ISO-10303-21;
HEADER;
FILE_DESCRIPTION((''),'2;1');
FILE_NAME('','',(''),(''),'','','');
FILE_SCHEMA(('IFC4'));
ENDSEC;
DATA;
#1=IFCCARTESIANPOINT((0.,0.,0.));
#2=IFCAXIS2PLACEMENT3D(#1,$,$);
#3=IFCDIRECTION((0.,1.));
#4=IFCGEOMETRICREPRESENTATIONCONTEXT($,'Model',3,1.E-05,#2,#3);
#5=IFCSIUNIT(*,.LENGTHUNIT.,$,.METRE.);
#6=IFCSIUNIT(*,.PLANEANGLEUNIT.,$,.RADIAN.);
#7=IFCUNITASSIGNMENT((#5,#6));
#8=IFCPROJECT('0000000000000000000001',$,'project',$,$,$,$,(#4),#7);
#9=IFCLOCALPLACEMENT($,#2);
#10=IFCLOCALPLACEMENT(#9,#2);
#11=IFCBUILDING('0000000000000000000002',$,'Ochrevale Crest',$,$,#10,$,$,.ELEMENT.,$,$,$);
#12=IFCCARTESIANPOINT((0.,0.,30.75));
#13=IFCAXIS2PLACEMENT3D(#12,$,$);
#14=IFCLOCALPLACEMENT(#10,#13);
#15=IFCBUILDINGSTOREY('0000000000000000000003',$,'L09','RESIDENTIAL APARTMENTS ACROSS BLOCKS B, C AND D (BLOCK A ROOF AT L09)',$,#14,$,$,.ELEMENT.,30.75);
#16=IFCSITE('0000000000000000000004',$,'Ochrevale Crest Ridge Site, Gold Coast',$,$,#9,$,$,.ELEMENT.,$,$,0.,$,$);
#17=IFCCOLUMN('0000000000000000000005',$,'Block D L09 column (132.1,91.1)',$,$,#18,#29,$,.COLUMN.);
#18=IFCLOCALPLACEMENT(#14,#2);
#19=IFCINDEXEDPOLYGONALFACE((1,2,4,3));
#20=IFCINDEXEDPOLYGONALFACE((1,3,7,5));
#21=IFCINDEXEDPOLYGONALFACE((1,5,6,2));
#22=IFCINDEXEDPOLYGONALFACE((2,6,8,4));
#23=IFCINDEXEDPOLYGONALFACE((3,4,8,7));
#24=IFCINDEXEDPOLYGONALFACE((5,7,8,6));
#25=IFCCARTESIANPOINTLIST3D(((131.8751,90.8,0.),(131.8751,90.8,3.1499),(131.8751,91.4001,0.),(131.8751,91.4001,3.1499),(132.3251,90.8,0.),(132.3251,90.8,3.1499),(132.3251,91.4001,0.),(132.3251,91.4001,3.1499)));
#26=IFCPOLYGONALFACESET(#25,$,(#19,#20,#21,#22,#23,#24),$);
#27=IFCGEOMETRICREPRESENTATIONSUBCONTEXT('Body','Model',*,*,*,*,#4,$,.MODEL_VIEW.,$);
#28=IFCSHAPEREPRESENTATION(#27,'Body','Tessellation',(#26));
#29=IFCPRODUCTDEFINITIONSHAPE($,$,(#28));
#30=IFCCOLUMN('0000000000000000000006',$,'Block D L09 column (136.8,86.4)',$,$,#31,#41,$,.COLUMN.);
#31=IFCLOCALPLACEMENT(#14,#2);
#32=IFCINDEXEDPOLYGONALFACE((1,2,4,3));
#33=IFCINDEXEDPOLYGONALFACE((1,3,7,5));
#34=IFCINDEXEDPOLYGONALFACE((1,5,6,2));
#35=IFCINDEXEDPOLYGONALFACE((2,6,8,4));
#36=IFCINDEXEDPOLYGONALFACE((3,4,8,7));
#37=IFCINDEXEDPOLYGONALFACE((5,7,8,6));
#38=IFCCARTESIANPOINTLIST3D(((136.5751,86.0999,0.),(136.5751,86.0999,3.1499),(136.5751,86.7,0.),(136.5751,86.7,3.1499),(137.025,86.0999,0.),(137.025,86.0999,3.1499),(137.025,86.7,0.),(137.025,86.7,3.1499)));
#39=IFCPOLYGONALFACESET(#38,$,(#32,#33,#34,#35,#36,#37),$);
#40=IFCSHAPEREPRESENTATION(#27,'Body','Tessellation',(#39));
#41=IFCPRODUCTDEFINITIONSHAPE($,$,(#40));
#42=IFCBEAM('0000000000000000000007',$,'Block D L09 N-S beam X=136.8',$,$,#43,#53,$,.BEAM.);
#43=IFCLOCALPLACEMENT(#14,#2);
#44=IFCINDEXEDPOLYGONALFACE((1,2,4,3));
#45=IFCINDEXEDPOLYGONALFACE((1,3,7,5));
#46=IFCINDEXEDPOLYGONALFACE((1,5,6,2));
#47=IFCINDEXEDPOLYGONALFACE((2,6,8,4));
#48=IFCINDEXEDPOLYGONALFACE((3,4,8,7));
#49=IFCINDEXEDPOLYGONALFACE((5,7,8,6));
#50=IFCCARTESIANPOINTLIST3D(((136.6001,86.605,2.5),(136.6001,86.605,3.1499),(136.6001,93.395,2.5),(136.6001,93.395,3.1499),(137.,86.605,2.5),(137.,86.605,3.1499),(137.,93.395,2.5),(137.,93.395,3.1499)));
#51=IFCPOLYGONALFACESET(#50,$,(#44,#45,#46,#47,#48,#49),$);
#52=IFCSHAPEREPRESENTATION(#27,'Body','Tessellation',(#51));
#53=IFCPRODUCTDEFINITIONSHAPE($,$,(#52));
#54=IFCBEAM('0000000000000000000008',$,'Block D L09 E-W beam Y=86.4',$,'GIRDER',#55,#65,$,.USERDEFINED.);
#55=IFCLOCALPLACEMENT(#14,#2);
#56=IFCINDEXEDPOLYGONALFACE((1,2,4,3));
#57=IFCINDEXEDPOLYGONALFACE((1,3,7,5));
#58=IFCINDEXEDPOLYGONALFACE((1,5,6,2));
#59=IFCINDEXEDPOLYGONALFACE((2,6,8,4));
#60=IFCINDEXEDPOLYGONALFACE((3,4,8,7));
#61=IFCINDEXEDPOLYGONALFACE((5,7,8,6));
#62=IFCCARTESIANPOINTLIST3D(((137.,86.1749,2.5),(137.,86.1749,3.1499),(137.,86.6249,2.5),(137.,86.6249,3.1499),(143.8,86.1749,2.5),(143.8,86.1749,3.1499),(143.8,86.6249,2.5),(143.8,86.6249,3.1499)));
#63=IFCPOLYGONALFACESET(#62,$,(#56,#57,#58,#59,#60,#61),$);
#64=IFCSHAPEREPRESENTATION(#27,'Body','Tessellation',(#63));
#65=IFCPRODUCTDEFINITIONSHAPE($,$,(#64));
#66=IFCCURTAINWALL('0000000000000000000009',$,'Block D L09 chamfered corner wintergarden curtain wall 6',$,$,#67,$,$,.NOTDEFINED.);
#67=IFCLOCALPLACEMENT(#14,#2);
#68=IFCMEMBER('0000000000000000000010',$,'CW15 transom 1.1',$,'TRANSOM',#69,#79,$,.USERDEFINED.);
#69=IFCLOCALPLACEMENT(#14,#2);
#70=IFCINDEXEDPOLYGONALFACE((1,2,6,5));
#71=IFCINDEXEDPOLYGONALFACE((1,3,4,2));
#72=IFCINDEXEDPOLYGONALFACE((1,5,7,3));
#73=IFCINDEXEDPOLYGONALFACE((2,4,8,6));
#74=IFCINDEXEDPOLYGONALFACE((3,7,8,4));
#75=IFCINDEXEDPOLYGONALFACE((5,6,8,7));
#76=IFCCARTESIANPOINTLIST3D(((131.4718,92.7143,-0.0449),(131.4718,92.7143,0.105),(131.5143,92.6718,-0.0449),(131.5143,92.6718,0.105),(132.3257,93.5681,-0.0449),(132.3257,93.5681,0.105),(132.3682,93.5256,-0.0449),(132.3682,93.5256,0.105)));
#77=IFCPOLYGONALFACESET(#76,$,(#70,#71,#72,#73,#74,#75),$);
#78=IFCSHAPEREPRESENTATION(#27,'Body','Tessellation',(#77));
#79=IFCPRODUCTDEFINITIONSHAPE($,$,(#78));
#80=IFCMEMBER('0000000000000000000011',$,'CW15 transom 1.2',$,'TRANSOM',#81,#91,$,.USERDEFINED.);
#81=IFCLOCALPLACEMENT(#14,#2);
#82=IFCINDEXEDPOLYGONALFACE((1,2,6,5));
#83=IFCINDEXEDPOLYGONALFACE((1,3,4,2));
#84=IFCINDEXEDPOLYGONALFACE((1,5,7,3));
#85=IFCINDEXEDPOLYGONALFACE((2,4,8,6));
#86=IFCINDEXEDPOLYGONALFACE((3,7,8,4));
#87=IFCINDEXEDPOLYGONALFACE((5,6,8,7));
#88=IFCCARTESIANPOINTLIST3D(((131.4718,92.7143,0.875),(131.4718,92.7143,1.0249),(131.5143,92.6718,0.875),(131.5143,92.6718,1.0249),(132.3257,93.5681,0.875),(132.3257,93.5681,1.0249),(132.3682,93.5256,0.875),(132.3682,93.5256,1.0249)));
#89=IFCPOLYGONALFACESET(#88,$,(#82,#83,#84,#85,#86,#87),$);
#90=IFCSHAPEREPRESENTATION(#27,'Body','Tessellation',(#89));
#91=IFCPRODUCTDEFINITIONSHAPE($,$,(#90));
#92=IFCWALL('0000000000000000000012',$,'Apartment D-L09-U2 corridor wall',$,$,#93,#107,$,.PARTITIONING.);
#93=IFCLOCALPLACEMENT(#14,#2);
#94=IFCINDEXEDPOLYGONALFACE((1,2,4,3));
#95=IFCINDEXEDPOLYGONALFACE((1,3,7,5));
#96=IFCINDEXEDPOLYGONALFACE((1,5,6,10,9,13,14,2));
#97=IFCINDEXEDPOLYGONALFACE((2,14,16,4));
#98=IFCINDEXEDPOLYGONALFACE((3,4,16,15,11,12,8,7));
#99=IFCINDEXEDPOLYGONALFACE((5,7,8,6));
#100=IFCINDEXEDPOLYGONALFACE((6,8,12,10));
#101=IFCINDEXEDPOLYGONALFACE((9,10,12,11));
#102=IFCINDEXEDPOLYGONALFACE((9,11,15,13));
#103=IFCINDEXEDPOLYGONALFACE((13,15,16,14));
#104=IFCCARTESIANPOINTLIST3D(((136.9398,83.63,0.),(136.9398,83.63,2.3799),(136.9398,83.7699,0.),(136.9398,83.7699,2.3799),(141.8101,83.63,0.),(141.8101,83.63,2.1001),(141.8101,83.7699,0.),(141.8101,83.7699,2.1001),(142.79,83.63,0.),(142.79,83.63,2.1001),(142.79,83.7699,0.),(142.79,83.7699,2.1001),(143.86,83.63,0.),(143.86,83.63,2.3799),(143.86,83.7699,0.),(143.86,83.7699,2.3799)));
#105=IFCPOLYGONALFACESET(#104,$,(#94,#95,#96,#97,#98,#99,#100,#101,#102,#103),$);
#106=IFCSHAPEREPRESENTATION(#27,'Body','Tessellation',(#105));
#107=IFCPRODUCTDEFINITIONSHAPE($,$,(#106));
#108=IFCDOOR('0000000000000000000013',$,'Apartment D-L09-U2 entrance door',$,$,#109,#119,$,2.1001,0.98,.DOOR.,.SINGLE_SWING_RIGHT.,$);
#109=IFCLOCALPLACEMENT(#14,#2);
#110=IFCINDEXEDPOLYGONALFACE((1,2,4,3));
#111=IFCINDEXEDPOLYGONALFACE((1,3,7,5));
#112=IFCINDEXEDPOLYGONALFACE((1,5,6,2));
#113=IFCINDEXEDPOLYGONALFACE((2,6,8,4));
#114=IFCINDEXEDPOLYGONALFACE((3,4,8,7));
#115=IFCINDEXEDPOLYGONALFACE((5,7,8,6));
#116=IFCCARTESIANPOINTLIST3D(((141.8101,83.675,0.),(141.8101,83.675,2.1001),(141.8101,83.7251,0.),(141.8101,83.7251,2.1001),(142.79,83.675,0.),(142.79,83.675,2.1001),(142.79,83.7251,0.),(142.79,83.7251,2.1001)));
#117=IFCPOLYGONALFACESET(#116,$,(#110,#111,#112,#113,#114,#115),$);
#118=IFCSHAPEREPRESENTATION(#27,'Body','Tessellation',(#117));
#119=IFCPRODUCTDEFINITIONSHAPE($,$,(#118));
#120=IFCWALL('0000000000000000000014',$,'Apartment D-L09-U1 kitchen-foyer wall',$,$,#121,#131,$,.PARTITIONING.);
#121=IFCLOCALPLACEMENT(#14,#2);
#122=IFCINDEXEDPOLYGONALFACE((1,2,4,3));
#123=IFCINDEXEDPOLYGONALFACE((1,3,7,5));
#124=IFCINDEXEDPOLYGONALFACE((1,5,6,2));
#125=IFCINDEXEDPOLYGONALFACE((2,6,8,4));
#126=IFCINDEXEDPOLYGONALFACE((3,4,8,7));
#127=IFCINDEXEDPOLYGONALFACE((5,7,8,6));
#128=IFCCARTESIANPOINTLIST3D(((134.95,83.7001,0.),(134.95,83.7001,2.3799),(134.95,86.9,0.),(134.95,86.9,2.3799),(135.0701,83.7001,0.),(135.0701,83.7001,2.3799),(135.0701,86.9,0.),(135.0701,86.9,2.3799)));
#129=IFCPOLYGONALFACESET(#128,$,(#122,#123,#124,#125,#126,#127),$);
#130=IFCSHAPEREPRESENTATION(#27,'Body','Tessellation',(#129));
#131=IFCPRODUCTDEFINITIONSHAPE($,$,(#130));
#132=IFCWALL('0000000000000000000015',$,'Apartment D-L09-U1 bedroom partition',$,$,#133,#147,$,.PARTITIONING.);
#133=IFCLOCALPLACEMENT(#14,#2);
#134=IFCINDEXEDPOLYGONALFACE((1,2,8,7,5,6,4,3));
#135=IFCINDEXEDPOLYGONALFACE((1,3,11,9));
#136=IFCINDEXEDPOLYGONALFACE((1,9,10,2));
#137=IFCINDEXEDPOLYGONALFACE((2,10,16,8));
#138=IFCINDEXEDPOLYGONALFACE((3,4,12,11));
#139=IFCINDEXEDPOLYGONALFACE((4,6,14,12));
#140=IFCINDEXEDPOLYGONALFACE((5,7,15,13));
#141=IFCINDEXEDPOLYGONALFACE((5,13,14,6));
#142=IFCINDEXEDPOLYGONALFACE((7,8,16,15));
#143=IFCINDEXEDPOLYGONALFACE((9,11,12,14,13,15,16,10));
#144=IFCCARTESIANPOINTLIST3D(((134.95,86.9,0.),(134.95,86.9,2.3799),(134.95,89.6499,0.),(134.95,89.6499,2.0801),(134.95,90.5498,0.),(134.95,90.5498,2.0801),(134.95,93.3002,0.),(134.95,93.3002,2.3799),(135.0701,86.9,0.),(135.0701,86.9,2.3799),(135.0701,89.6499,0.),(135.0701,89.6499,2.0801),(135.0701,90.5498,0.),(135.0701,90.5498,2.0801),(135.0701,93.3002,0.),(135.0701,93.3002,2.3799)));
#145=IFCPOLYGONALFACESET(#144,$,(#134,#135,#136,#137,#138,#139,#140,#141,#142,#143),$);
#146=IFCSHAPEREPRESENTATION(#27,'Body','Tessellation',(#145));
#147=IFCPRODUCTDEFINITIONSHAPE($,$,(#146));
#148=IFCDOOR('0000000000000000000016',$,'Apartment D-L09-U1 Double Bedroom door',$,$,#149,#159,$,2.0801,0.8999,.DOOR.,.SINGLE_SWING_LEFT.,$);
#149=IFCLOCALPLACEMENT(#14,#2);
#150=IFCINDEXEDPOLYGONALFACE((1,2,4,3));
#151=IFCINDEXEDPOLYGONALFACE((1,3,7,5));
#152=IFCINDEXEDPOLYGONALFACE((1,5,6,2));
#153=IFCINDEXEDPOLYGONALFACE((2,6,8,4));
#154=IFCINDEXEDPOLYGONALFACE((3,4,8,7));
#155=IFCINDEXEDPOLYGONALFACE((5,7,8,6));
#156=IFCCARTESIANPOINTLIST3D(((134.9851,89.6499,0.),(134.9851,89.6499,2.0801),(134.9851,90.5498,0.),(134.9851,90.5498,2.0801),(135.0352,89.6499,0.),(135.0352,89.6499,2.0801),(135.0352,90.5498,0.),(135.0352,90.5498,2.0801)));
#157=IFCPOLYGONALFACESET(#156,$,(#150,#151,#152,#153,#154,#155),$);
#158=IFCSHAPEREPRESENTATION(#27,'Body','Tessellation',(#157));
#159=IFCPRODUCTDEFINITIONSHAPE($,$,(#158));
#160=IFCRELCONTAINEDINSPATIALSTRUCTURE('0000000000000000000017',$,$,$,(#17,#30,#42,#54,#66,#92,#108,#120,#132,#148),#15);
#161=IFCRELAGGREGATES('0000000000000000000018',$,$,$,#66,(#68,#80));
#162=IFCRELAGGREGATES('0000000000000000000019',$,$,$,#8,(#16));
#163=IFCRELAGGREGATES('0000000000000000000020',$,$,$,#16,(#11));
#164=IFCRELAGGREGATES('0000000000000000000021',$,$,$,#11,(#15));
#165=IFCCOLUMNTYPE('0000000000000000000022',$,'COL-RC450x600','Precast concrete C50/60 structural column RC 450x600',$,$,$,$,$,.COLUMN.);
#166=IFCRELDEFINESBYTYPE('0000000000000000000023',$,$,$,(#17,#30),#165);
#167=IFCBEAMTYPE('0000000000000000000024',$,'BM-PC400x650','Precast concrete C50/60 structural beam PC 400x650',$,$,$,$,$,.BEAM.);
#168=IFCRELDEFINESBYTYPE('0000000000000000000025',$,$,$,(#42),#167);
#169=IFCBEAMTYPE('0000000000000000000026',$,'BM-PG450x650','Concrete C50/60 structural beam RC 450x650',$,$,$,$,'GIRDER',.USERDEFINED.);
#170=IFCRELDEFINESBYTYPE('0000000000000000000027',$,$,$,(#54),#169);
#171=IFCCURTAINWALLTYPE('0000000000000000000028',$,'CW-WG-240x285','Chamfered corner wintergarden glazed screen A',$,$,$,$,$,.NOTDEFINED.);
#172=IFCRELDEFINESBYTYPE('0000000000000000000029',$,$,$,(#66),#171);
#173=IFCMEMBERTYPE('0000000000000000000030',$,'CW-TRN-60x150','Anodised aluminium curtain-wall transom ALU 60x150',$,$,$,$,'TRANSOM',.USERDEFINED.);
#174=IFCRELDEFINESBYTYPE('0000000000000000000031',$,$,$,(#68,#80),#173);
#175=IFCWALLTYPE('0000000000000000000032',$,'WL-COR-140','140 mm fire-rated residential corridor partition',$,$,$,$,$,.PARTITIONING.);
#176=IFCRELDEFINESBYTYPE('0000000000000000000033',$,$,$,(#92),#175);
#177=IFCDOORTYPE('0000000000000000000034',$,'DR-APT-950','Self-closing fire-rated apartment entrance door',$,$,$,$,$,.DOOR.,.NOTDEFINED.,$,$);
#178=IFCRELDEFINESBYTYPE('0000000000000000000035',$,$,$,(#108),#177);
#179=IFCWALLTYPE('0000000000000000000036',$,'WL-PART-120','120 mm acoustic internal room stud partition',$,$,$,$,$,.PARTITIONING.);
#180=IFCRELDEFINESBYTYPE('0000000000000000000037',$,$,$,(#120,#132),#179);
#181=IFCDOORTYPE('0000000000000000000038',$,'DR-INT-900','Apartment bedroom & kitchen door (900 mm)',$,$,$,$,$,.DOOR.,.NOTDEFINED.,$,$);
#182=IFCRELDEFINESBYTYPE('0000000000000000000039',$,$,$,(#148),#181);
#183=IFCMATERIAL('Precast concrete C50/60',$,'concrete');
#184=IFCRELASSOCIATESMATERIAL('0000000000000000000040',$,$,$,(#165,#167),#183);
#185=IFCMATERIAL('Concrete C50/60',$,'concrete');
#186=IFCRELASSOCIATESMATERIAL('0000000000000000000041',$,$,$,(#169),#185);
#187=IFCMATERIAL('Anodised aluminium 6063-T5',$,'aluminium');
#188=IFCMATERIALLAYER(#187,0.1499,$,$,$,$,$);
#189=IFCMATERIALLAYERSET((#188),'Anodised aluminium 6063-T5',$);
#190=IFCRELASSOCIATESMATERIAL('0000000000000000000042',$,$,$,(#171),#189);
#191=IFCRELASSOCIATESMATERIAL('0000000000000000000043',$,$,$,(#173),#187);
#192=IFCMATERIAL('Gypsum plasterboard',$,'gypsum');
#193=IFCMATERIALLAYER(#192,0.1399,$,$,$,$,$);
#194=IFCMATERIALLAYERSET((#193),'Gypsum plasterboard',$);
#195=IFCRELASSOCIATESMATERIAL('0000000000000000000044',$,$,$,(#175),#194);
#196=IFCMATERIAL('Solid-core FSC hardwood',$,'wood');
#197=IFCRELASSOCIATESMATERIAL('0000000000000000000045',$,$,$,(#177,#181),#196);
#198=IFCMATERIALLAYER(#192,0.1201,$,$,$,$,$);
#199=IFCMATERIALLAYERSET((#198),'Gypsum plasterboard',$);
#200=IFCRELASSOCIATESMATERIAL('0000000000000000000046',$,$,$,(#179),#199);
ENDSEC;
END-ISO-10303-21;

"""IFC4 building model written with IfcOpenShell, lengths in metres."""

from ifc_helpers import new_model, si_unit, direction, frame, frame_2d, origin, origin_2d, place, context, subcontext, project, spatial, rectangle, extrude, material, layer, layer_set, material_profile, profile_set, type_object, element, fill, aggregate, save


model = new_model("IFC4")

# Units and contexts
model_context = context("Model", 3, precision=1e-05, world=origin(), true_north=direction((0.0, 1.0)))
body_context = subcontext(model_context, "Body", "Model", "MODEL_VIEW")
ifc_project = project(units=[si_unit("LENGTHUNIT", "METRE"), si_unit("PLANEANGLEUNIT", "RADIAN")], contexts=[model_context])

# Site, building, storey
site_placement = place(None, origin())
site = spatial("IfcSite", under=ifc_project, at=site_placement, Name="Ochrevale Crest Ridge Site, Gold Coast", CompositionType="ELEMENT", RefElevation=0.0)
building_placement = place(site_placement, origin())
building = spatial("IfcBuilding", under=site, at=building_placement, Name="Ochrevale Crest", CompositionType="ELEMENT")
storey_placement = place(building_placement, frame((0.0, 0.0, 30.75)))
storey = spatial("IfcBuildingStorey", under=building, at=storey_placement, Name="L09", Description="RESIDENTIAL APARTMENTS ACROSS BLOCKS B, C AND D (BLOCK A ROOF AT L09)", CompositionType="ELEMENT", Elevation=30.75)

# Columns
ifc_material_1 = material(Name="Precast concrete C50/60", Category="concrete")
ifc_material_profile_1 = material_profile(ifc_material_1, rectangle(XDim=0.45, YDim=0.6001, at=origin_2d()), Name="RC 450x600")
ifc_profile_set_1 = profile_set([ifc_material_profile_1], Name="Precast concrete C50/60")
column_type = type_object("IfcColumnType", Name="COL-RC450x600", Description="Precast concrete C50/60 structural column RC 450x600", PredefinedType="COLUMN", material=ifc_profile_set_1)
for number, where, z_axis, x_axis, name in (
    (1, (132.1001, 91.1001, 0.0), (0.0, 0.0, 1.0), (1.0, 0.0, 0.0), "Block D L09 column (132.1,91.1)"),
    (2, (136.8, 86.3999, 0.0), (0.0, 0.0, 1.0), (1.0, 0.0, 0.0), "Block D L09 column (136.8,86.4)"),
):
    element("IfcColumn", number, at=place(storey_placement, frame(where, z_axis=z_axis, x_axis=x_axis)), inside=storey, type_object=column_type, Name=name, PredefinedType="COLUMN", context=body_context, shape_type="SweptSolid", body=[
        extrude(rectangle(XDim=0.45, YDim=0.6001, at=origin_2d()), origin(), (0.0, 0.0, 1.0), 3.1499),
    ])

# Beams
ifc_material_profile_2 = material_profile(ifc_material_1, rectangle(XDim=0.3999, YDim=0.6499, at=origin_2d()), Name="PC 400x650")
ifc_profile_set_2 = profile_set([ifc_material_profile_2], Name="Precast concrete C50/60")
beam_type_1 = type_object("IfcBeamType", Name="BM-PC400x650", Description="Precast concrete C50/60 structural beam PC 400x650", PredefinedType="BEAM", material=ifc_profile_set_2)
beam_1_placement = place(storey_placement, frame((136.8, 86.605, 2.825), z_axis=(0.0, 1.0, 0.0), x_axis=(-1.0, 0.0, 0.0)))
element("IfcBeam", 3, at=beam_1_placement, inside=storey, type_object=beam_type_1, Name="Block D L09 N-S beam X=136.8", PredefinedType="BEAM", context=body_context, shape_type="SweptSolid", body=[
    extrude(rectangle(XDim=0.3999, YDim=0.6499, at=origin_2d()), origin(), (0.0, 0.0, 1.0), 6.79),
])
ifc_material_2 = material(Name="Concrete C50/60", Category="concrete")
ifc_material_profile_3 = material_profile(ifc_material_2, rectangle(XDim=0.45, YDim=0.6499, at=origin_2d()), Name="RC 450x650")
ifc_profile_set_3 = profile_set([ifc_material_profile_3], Name="Concrete C50/60")
beam_type_2 = type_object("IfcBeamType", Name="BM-PG450x650", Description="Concrete C50/60 structural beam RC 450x650", ElementType="GIRDER", PredefinedType="USERDEFINED", material=ifc_profile_set_3)
beam_2_placement = place(storey_placement, frame((137.0, 86.3999, 2.825), z_axis=(1.0, 0.0, 0.0), x_axis=(0.0, 1.0, 0.0)))
element("IfcBeam", 4, at=beam_2_placement, inside=storey, type_object=beam_type_2, Name="Block D L09 E-W beam Y=86.4", ObjectType="GIRDER", PredefinedType="USERDEFINED", context=body_context, shape_type="SweptSolid", body=[
    extrude(rectangle(XDim=0.45, YDim=0.6499, at=origin_2d()), origin(), (0.0, 0.0, 1.0), 6.8),
])

# Curtain wall, members
ifc_material_3 = material(Name="Anodised aluminium 6063-T5", Category="aluminium")
ifc_layer_1 = layer(ifc_material_3, 0.1499)
ifc_layer_set_1 = layer_set([ifc_layer_1], Name="Anodised aluminium 6063-T5")
curtain_wall_type = type_object("IfcCurtainWallType", Name="CW-WG-240x285", Description="Chamfered corner wintergarden glazed screen A", PredefinedType="NOTDEFINED", material=ifc_layer_set_1)
curtain_wall_placement = place(storey_placement, origin())
curtain_wall = element("IfcCurtainWall", 5, at=curtain_wall_placement, inside=storey, type_object=curtain_wall_type, Name="Block D L09 chamfered corner wintergarden curtain wall 6", PredefinedType="NOTDEFINED")
ifc_material_profile_4 = material_profile(ifc_material_3, rectangle(XDim=0.0601, YDim=0.1499, at=origin_2d()), Name="ALU 60x150")
ifc_profile_set_4 = profile_set([ifc_material_profile_4], Name="Anodised aluminium 6063-T5")
member_type = type_object("IfcMemberType", Name="CW-TRN-60x150", Description="Anodised aluminium curtain-wall transom ALU 60x150", ElementType="TRANSOM", PredefinedType="USERDEFINED", material=ifc_profile_set_4)
member_1_placement = place(storey_placement, frame((132.3469, 93.5469, 0.03), z_axis=(-0.707107, -0.707107, 0.0), x_axis=(0.707107, -0.707107, 0.0)))
member_1 = element("IfcMember", 6, at=member_1_placement, type_object=member_type, Name="CW15 transom 1.1", ObjectType="TRANSOM", PredefinedType="USERDEFINED", context=body_context, shape_type="SweptSolid", body=[
    extrude(rectangle(XDim=0.0601, YDim=0.1499, at=origin_2d()), origin(), (0.0, 0.0, 1.0), 1.2075),
])
member_2_placement = place(storey_placement, frame((132.3469, 93.5469, 0.95), z_axis=(-0.707107, -0.707107, 0.0), x_axis=(0.707107, -0.707107, 0.0)))
member_2 = element("IfcMember", 7, at=member_2_placement, type_object=member_type, Name="CW15 transom 1.2", ObjectType="TRANSOM", PredefinedType="USERDEFINED", context=body_context, shape_type="SweptSolid", body=[
    extrude(rectangle(XDim=0.0601, YDim=0.1499, at=origin_2d()), origin(), (0.0, 0.0, 1.0), 1.2075),
])
aggregate(curtain_wall, [member_1, member_2])

# Wall, opening, door
ifc_material_4 = material(Name="Gypsum plasterboard", Category="gypsum")
ifc_layer_2 = layer(ifc_material_4, 0.1399)
ifc_layer_set_2 = layer_set([ifc_layer_2], Name="Gypsum plasterboard")
wall_type_1 = type_object("IfcWallType", Name="WL-COR-140", Description="140 mm fire-rated residential corridor partition", PredefinedType="PARTITIONING", material=ifc_layer_set_2)
wall_1_placement = place(storey_placement, frame((136.9399, 83.7, 0.0), z_axis=(0.0, 0.0, 1.0), x_axis=(1.0, 0.0, 0.0)))
wall_1 = element("IfcWall", 8, at=wall_1_placement, inside=storey, type_object=wall_type_1, Name="Apartment D-L09-U2 corridor wall", PredefinedType="PARTITIONING", context=body_context, shape_type="SweptSolid", body=[
    extrude(rectangle(XDim=6.9202, YDim=0.1399, at=frame_2d((3.46, 0.0))), origin(), (0.0, 0.0, 1.0), 2.3799),
])
opening_1_placement = place(wall_1_placement, frame((5.8501, 0.0, 0.0), z_axis=(0.0, 0.0, 1.0), x_axis=(-1.0, 0.0, 0.0)))
opening_1 = element("IfcOpeningElement", 9, at=opening_1_placement, cuts=wall_1, PredefinedType="OPENING", context=body_context, shape_type="SweptSolid", body=[
    extrude(rectangle(XDim=0.98, YDim=2.1001, at=frame_2d((0.49, 1.05))), frame((0.0, 0.0801, 0.0), z_axis=(0.0, -1.0, 0.0), x_axis=(1.0, 0.0, 0.0)), (0.0, 0.0, 1.0), 0.1599),
])
ifc_material_5 = material(Name="Solid-core FSC hardwood", Category="wood")
door_type_1 = type_object("IfcDoorType", Name="DR-APT-950", Description="Self-closing fire-rated apartment entrance door", OperationType="NOTDEFINED", PredefinedType="DOOR", material=ifc_material_5)
door_1_placement = place(opening_1_placement, origin())
door_1 = element("IfcDoor", 10, at=door_1_placement, inside=storey, type_object=door_type_1, Name="Apartment D-L09-U2 entrance door", OperationType="SINGLE_SWING_RIGHT", OverallHeight=2.1001, OverallWidth=0.98, PredefinedType="DOOR", context=body_context, shape_type="SweptSolid", body=[
    extrude(rectangle(XDim=0.98, YDim=2.1001, at=frame_2d((0.49, 1.05))), frame((0.0, 0.0249, 0.0), z_axis=(0.0, -1.0, 0.0), x_axis=(1.0, 0.0, 0.0)), (0.0, 0.0, 1.0), 0.05),
])
fill(opening_1, door_1)

# Wall
ifc_layer_3 = layer(ifc_material_4, 0.1201)
ifc_layer_set_3 = layer_set([ifc_layer_3], Name="Gypsum plasterboard")
wall_type_2 = type_object("IfcWallType", Name="WL-PART-120", Description="120 mm acoustic internal room stud partition", PredefinedType="PARTITIONING", material=ifc_layer_set_3)
wall_2_placement = place(storey_placement, frame((135.01, 83.7, 0.0), z_axis=(0.0, 0.0, 1.0), x_axis=(0.0, 1.0, 0.0)))
element("IfcWall", 11, at=wall_2_placement, inside=storey, type_object=wall_type_2, Name="Apartment D-L09-U1 kitchen-foyer wall", PredefinedType="PARTITIONING", context=body_context, shape_type="SweptSolid", body=[
    extrude(rectangle(XDim=3.2, YDim=0.1201, at=frame_2d((1.6001, 0.0))), origin(), (0.0, 0.0, 1.0), 2.3799),
])

# Wall, opening, door
wall_3_placement = place(storey_placement, frame((135.01, 86.8999, 0.0), z_axis=(0.0, 0.0, 1.0), x_axis=(0.0, 1.0, 0.0)))
wall_3 = element("IfcWall", 12, at=wall_3_placement, inside=storey, type_object=wall_type_2, Name="Apartment D-L09-U1 bedroom partition", PredefinedType="PARTITIONING", context=body_context, shape_type="SweptSolid", body=[
    extrude(rectangle(XDim=6.4001, YDim=0.1201, at=frame_2d((3.2002, 0.0))), origin(), (0.0, 0.0, 1.0), 2.3799),
])
opening_2_placement = place(wall_3_placement, frame((2.75, 0.0, 0.0)))
opening_2 = element("IfcOpeningElement", 13, at=opening_2_placement, cuts=wall_3, PredefinedType="OPENING", context=body_context, shape_type="SweptSolid", body=[
    extrude(rectangle(XDim=0.8999, YDim=2.0801, at=frame_2d((0.45, 1.04))), frame((0.0, 0.0701, 0.0), z_axis=(0.0, -1.0, 0.0), x_axis=(1.0, 0.0, 0.0)), (0.0, 0.0, 1.0), 0.1401),
])
door_type_2 = type_object("IfcDoorType", Name="DR-INT-900", Description="Apartment bedroom & kitchen door (900 mm)", OperationType="NOTDEFINED", PredefinedType="DOOR", material=ifc_material_5)
door_2_placement = place(opening_2_placement, origin())
door_2 = element("IfcDoor", 14, at=door_2_placement, inside=storey, type_object=door_type_2, Name="Apartment D-L09-U1 Double Bedroom door", OperationType="SINGLE_SWING_LEFT", OverallHeight=2.0801, OverallWidth=0.8999, PredefinedType="DOOR", context=body_context, shape_type="SweptSolid", body=[
    extrude(rectangle(XDim=0.8999, YDim=2.0801, at=frame_2d((0.45, 1.04))), frame((0.0, 0.0249, 0.0), z_axis=(0.0, -1.0, 0.0), x_axis=(1.0, 0.0, 0.0)), (0.0, 0.0, 1.0), 0.05),
])
fill(opening_2, door_2)

save(model, "model.ifc")
